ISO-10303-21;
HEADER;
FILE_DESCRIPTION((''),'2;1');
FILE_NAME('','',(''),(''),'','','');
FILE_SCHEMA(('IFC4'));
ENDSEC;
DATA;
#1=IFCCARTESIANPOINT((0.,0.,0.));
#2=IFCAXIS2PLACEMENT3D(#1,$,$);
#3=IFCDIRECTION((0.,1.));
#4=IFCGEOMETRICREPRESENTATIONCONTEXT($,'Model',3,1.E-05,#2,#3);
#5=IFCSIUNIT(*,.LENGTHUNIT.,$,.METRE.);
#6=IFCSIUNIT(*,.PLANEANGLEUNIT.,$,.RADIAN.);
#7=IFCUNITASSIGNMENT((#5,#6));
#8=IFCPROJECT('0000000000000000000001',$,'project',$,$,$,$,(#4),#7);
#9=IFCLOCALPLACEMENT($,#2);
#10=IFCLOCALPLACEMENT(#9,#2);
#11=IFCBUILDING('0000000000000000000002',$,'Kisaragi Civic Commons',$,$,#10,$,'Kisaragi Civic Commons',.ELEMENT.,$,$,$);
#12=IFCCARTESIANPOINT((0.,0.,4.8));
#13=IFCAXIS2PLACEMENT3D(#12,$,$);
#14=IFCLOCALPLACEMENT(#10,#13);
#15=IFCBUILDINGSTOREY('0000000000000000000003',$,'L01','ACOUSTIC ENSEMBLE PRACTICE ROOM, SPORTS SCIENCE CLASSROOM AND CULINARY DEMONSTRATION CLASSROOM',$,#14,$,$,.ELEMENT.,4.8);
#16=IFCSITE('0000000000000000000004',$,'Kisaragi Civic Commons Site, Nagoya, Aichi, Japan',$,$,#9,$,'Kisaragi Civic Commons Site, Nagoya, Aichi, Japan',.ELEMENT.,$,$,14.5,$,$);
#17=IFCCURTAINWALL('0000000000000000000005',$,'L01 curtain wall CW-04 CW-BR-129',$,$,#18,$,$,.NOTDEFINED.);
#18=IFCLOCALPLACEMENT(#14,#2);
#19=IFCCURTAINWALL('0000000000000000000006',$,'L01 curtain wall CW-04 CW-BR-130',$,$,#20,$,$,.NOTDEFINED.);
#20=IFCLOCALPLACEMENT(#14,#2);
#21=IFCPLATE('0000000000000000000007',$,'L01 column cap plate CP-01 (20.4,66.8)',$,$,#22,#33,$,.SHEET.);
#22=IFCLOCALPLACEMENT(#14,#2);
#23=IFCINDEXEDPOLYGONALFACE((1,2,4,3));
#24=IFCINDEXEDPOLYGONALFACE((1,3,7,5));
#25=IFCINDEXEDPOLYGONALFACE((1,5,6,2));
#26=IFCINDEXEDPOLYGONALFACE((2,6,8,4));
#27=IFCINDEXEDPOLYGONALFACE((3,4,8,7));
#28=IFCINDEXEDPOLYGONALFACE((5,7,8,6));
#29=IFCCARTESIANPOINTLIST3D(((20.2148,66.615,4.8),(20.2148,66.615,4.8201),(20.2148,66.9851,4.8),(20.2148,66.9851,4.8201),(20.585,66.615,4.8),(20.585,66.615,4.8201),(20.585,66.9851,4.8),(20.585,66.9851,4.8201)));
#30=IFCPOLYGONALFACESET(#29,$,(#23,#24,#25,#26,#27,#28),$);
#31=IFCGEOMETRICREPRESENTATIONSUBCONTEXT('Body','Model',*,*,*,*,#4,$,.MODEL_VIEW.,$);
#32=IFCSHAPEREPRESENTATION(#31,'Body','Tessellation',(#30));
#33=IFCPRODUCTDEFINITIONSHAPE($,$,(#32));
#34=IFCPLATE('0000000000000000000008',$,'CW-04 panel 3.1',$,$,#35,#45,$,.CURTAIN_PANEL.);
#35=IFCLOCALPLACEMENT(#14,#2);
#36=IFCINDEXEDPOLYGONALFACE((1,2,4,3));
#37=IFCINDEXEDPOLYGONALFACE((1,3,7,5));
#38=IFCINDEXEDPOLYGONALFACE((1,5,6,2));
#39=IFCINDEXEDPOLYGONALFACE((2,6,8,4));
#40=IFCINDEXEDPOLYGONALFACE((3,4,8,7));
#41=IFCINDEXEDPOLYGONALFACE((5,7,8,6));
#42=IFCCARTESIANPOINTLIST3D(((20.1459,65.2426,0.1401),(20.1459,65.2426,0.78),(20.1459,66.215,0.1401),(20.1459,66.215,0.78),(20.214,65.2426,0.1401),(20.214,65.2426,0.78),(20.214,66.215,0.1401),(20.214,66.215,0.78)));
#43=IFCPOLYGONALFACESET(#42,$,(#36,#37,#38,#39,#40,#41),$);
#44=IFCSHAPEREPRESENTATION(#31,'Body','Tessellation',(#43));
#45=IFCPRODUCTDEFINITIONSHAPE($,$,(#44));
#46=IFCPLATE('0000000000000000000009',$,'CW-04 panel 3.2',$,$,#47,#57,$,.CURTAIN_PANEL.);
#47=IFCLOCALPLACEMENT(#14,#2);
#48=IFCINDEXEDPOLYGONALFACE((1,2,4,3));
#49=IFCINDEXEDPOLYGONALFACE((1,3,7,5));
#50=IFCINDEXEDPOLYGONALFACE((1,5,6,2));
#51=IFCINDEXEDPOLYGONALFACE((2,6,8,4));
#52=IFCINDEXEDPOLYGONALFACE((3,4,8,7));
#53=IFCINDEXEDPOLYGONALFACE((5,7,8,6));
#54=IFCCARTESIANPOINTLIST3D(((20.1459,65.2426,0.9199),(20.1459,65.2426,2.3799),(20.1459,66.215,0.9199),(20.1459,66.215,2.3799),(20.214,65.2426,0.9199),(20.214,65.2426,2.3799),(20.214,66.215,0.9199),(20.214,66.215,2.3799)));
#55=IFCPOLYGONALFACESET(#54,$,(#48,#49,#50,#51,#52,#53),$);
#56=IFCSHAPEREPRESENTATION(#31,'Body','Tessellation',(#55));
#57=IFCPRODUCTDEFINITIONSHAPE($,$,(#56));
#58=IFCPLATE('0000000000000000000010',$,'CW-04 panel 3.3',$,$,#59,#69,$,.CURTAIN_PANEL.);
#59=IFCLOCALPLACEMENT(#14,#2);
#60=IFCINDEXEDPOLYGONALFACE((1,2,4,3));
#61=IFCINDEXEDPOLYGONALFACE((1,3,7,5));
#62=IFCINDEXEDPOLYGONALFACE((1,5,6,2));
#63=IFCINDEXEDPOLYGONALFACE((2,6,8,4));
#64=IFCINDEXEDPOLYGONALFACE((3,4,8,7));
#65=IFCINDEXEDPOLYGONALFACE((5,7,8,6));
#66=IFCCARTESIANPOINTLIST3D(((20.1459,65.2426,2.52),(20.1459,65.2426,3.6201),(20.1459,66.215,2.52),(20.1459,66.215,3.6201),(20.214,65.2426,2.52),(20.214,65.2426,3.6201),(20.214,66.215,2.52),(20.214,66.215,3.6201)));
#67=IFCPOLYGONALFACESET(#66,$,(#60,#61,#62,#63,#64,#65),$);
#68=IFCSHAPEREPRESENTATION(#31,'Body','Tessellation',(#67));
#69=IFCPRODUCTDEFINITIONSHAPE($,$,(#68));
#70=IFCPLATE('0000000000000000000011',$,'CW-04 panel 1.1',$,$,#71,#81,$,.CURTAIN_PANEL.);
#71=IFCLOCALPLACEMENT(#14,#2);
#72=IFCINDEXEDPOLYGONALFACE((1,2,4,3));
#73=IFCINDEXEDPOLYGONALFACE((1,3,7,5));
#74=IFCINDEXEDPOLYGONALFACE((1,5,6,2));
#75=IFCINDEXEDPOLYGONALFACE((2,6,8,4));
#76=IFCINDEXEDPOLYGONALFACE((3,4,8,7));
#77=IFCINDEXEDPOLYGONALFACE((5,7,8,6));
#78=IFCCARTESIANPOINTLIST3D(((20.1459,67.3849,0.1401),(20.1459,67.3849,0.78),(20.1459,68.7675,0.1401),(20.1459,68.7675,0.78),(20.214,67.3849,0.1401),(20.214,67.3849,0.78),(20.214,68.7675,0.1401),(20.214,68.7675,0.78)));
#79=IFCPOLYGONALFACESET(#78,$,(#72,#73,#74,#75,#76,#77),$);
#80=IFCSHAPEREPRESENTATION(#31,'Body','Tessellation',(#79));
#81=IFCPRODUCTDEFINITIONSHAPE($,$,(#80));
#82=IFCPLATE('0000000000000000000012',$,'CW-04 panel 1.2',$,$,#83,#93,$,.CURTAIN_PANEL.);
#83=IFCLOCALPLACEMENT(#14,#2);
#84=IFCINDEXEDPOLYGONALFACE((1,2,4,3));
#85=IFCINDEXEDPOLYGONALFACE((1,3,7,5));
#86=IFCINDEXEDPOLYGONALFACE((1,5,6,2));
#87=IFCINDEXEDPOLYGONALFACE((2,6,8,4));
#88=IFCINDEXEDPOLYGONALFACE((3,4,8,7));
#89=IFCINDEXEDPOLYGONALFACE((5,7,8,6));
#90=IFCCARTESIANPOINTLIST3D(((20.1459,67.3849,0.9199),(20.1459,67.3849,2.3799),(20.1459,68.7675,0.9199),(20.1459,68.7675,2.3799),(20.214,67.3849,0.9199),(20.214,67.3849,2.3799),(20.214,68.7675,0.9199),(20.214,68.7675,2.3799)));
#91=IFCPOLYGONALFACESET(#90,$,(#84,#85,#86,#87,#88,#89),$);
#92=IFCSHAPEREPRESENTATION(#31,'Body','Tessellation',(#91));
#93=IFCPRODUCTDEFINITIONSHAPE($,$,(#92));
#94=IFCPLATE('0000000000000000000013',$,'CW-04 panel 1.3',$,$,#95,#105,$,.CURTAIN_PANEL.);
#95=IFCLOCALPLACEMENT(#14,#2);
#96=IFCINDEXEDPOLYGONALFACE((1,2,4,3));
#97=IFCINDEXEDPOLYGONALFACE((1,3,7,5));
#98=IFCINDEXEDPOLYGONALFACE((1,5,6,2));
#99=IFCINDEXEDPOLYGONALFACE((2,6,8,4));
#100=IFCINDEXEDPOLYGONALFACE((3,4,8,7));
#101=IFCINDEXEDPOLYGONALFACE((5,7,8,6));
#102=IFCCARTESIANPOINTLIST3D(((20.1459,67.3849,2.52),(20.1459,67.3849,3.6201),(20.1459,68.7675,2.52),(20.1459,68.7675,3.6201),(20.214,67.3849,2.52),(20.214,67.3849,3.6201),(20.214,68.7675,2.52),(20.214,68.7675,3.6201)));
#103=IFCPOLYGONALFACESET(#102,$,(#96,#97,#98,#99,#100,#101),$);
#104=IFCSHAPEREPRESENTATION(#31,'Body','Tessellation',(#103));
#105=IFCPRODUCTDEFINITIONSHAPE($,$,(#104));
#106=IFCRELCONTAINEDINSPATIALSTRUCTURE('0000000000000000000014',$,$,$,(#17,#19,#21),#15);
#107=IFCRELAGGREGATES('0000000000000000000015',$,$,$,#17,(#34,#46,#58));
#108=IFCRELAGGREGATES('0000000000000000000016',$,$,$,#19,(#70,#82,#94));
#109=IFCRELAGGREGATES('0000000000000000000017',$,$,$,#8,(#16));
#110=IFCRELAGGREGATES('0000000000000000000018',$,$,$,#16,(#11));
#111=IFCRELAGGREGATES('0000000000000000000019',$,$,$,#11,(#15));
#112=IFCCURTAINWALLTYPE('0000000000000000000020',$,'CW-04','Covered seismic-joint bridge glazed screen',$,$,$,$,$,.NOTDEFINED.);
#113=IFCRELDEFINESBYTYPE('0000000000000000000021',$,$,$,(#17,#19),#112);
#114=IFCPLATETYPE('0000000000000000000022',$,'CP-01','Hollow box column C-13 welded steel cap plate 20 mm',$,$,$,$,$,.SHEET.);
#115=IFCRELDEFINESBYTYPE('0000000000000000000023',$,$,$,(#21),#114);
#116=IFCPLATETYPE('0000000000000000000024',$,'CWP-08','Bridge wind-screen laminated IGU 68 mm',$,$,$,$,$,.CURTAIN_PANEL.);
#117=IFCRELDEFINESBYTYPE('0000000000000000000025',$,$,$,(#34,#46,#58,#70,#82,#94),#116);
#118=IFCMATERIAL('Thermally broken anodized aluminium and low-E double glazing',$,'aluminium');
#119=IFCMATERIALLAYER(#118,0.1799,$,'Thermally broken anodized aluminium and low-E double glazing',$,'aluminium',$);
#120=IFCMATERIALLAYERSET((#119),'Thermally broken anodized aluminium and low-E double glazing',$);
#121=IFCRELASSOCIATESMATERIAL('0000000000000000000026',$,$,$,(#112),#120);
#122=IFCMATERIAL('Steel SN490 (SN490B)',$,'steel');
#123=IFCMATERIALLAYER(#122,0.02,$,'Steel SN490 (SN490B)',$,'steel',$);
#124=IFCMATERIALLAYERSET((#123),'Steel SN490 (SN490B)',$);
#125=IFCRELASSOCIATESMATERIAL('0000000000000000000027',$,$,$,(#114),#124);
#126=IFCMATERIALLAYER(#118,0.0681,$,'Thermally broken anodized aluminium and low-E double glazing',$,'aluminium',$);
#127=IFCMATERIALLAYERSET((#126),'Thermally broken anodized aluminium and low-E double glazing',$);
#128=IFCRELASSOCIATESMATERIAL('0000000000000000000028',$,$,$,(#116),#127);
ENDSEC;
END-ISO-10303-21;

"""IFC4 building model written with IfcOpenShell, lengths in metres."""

from ifc_helpers import new_model, si_unit, direction, frame, origin, origin_2d, place, context, subcontext, project, spatial, rectangle, extrude, material, layer, layer_set, type_object, element, aggregate, save


model = new_model("IFC4")

# Units and contexts
model_context = context("Model", 3, precision=1e-05, world=origin(), true_north=direction((0.0, 1.0)))
body_context = subcontext(model_context, "Body", "Model", "MODEL_VIEW")
ifc_project = project(units=[si_unit("LENGTHUNIT", "METRE"), si_unit("PLANEANGLEUNIT", "RADIAN")], contexts=[model_context])

# Site, building, storey
site_placement = place(None, origin())
site = spatial("IfcSite", under=ifc_project, at=site_placement, Name="Kisaragi Civic Commons Site, Nagoya, Aichi, Japan", LongName="Kisaragi Civic Commons Site, Nagoya, Aichi, Japan", CompositionType="ELEMENT", RefElevation=14.5)
building_placement = place(site_placement, origin())
building = spatial("IfcBuilding", under=site, at=building_placement, Name="Kisaragi Civic Commons", LongName="Kisaragi Civic Commons", CompositionType="ELEMENT")
storey_placement = place(building_placement, frame((0.0, 0.0, 4.8)))
storey = spatial("IfcBuildingStorey", under=building, at=storey_placement, Name="L01", Description="ACOUSTIC ENSEMBLE PRACTICE ROOM, SPORTS SCIENCE CLASSROOM AND CULINARY DEMONSTRATION CLASSROOM", CompositionType="ELEMENT", Elevation=4.8)

# Curtain wall
ifc_material_1 = material(Name="Thermally broken anodized aluminium and low-E double glazing", Category="aluminium")
ifc_layer_1 = layer(ifc_material_1, 0.1799, Name="Thermally broken anodized aluminium and low-E double glazing", Category="aluminium")
ifc_layer_set_1 = layer_set([ifc_layer_1], Name="Thermally broken anodized aluminium and low-E double glazing")
curtain_wall_type = type_object("IfcCurtainWallType", Name="CW-04", Description="Covered seismic-joint bridge glazed screen", PredefinedType="NOTDEFINED", material=ifc_layer_set_1)
curtain_wall_1_placement = place(storey_placement, origin())
curtain_wall_1 = element("IfcCurtainWall", 1, at=curtain_wall_1_placement, inside=storey, type_object=curtain_wall_type, Name="L01 curtain wall CW-04 CW-BR-129", PredefinedType="NOTDEFINED")

# Curtain wall
curtain_wall_2_placement = place(storey_placement, origin())
curtain_wall_2 = element("IfcCurtainWall", 2, at=curtain_wall_2_placement, inside=storey, type_object=curtain_wall_type, Name="L01 curtain wall CW-04 CW-BR-130", PredefinedType="NOTDEFINED")

# Shared definitions
ifc_material_2 = material(Name="Steel SN490 (SN490B)", Category="steel")

# Plates
ifc_layer_2 = layer(ifc_material_2, 0.02, Name="Steel SN490 (SN490B)", Category="steel")
ifc_layer_set_2 = layer_set([ifc_layer_2], Name="Steel SN490 (SN490B)")
plate_type_1 = type_object("IfcPlateType", Name="CP-01", Description="Hollow box column C-13 welded steel cap plate 20 mm", PredefinedType="SHEET", material=ifc_layer_set_2)
plate_1_placement = place(storey_placement, frame((20.3999, 66.8, 4.8), z_axis=(0.0, 0.0, 1.0), x_axis=(1.0, 0.0, 0.0)))
element("IfcPlate", 3, at=plate_1_placement, inside=storey, type_object=plate_type_1, Name="L01 column cap plate CP-01 (20.4,66.8)", PredefinedType="SHEET", context=body_context, shape_type="SweptSolid", body=[
    extrude(rectangle(XDim=0.3701, YDim=0.3701, at=origin_2d()), origin(), (0.0, 0.0, 1.0), 0.02),
])
ifc_layer_3 = layer(ifc_material_1, 0.0681, Name="Thermally broken anodized aluminium and low-E double glazing", Category="aluminium")
ifc_layer_set_3 = layer_set([ifc_layer_3], Name="Thermally broken anodized aluminium and low-E double glazing")
plate_type_2 = type_object("IfcPlateType", Name="CWP-08", Description="Bridge wind-screen laminated IGU 68 mm", PredefinedType="CURTAIN_PANEL", material=ifc_layer_set_3)
plate_2_placement = place(storey_placement, frame((20.1799, 65.7288, 0.1401), z_axis=(0.0, 0.0, 1.0), x_axis=(0.0, 1.0, 0.0)))
plate_2 = element("IfcPlate", 4, at=plate_2_placement, type_object=plate_type_2, Name="CW-04 panel 3.1", PredefinedType="CURTAIN_PANEL", context=body_context, shape_type="SweptSolid", body=[
    extrude(rectangle(XDim=0.9724, YDim=0.0681, at=origin_2d()), origin(), (0.0, 0.0, 1.0), 0.6399),
])
plate_3_placement = place(storey_placement, frame((20.1799, 65.7288, 0.9199), z_axis=(0.0, 0.0, 1.0), x_axis=(0.0, 1.0, 0.0)))
plate_3 = element("IfcPlate", 5, at=plate_3_placement, type_object=plate_type_2, Name="CW-04 panel 3.2", PredefinedType="CURTAIN_PANEL", context=body_context, shape_type="SweptSolid", body=[
    extrude(rectangle(XDim=0.9724, YDim=0.0681, at=origin_2d()), origin(), (0.0, 0.0, 1.0), 1.46),
])
plate_4_placement = place(storey_placement, frame((20.1799, 65.7288, 2.52), z_axis=(0.0, 0.0, 1.0), x_axis=(0.0, 1.0, 0.0)))
plate_4 = element("IfcPlate", 6, at=plate_4_placement, type_object=plate_type_2, Name="CW-04 panel 3.3", PredefinedType="CURTAIN_PANEL", context=body_context, shape_type="SweptSolid", body=[
    extrude(rectangle(XDim=0.9724, YDim=0.0681, at=origin_2d()), origin(), (0.0, 0.0, 1.0), 1.1001),
])
aggregate(curtain_wall_1, [plate_2, plate_3, plate_4])
plate_5_placement = place(storey_placement, frame((20.1799, 68.0762, 0.1401), z_axis=(0.0, 0.0, 1.0), x_axis=(0.0, 1.0, 0.0)))
plate_5 = element("IfcPlate", 7, at=plate_5_placement, type_object=plate_type_2, Name="CW-04 panel 1.1", PredefinedType="CURTAIN_PANEL", context=body_context, shape_type="SweptSolid", body=[
    extrude(rectangle(XDim=1.3826, YDim=0.0681, at=origin_2d()), origin(), (0.0, 0.0, 1.0), 0.6399),
])
plate_6_placement = place(storey_placement, frame((20.1799, 68.0762, 0.9199), z_axis=(0.0, 0.0, 1.0), x_axis=(0.0, 1.0, 0.0)))
plate_6 = element("IfcPlate", 8, at=plate_6_placement, type_object=plate_type_2, Name="CW-04 panel 1.2", PredefinedType="CURTAIN_PANEL", context=body_context, shape_type="SweptSolid", body=[
    extrude(rectangle(XDim=1.3826, YDim=0.0681, at=origin_2d()), origin(), (0.0, 0.0, 1.0), 1.46),
])
plate_7_placement = place(storey_placement, frame((20.1799, 68.0762, 2.52), z_axis=(0.0, 0.0, 1.0), x_axis=(0.0, 1.0, 0.0)))
plate_7 = element("IfcPlate", 9, at=plate_7_placement, type_object=plate_type_2, Name="CW-04 panel 1.3", PredefinedType="CURTAIN_PANEL", context=body_context, shape_type="SweptSolid", body=[
    extrude(rectangle(XDim=1.3826, YDim=0.0681, at=origin_2d()), origin(), (0.0, 0.0, 1.0), 1.1001),
])
aggregate(curtain_wall_2, [plate_5, plate_6, plate_7])

save(model, "model.ifc")
